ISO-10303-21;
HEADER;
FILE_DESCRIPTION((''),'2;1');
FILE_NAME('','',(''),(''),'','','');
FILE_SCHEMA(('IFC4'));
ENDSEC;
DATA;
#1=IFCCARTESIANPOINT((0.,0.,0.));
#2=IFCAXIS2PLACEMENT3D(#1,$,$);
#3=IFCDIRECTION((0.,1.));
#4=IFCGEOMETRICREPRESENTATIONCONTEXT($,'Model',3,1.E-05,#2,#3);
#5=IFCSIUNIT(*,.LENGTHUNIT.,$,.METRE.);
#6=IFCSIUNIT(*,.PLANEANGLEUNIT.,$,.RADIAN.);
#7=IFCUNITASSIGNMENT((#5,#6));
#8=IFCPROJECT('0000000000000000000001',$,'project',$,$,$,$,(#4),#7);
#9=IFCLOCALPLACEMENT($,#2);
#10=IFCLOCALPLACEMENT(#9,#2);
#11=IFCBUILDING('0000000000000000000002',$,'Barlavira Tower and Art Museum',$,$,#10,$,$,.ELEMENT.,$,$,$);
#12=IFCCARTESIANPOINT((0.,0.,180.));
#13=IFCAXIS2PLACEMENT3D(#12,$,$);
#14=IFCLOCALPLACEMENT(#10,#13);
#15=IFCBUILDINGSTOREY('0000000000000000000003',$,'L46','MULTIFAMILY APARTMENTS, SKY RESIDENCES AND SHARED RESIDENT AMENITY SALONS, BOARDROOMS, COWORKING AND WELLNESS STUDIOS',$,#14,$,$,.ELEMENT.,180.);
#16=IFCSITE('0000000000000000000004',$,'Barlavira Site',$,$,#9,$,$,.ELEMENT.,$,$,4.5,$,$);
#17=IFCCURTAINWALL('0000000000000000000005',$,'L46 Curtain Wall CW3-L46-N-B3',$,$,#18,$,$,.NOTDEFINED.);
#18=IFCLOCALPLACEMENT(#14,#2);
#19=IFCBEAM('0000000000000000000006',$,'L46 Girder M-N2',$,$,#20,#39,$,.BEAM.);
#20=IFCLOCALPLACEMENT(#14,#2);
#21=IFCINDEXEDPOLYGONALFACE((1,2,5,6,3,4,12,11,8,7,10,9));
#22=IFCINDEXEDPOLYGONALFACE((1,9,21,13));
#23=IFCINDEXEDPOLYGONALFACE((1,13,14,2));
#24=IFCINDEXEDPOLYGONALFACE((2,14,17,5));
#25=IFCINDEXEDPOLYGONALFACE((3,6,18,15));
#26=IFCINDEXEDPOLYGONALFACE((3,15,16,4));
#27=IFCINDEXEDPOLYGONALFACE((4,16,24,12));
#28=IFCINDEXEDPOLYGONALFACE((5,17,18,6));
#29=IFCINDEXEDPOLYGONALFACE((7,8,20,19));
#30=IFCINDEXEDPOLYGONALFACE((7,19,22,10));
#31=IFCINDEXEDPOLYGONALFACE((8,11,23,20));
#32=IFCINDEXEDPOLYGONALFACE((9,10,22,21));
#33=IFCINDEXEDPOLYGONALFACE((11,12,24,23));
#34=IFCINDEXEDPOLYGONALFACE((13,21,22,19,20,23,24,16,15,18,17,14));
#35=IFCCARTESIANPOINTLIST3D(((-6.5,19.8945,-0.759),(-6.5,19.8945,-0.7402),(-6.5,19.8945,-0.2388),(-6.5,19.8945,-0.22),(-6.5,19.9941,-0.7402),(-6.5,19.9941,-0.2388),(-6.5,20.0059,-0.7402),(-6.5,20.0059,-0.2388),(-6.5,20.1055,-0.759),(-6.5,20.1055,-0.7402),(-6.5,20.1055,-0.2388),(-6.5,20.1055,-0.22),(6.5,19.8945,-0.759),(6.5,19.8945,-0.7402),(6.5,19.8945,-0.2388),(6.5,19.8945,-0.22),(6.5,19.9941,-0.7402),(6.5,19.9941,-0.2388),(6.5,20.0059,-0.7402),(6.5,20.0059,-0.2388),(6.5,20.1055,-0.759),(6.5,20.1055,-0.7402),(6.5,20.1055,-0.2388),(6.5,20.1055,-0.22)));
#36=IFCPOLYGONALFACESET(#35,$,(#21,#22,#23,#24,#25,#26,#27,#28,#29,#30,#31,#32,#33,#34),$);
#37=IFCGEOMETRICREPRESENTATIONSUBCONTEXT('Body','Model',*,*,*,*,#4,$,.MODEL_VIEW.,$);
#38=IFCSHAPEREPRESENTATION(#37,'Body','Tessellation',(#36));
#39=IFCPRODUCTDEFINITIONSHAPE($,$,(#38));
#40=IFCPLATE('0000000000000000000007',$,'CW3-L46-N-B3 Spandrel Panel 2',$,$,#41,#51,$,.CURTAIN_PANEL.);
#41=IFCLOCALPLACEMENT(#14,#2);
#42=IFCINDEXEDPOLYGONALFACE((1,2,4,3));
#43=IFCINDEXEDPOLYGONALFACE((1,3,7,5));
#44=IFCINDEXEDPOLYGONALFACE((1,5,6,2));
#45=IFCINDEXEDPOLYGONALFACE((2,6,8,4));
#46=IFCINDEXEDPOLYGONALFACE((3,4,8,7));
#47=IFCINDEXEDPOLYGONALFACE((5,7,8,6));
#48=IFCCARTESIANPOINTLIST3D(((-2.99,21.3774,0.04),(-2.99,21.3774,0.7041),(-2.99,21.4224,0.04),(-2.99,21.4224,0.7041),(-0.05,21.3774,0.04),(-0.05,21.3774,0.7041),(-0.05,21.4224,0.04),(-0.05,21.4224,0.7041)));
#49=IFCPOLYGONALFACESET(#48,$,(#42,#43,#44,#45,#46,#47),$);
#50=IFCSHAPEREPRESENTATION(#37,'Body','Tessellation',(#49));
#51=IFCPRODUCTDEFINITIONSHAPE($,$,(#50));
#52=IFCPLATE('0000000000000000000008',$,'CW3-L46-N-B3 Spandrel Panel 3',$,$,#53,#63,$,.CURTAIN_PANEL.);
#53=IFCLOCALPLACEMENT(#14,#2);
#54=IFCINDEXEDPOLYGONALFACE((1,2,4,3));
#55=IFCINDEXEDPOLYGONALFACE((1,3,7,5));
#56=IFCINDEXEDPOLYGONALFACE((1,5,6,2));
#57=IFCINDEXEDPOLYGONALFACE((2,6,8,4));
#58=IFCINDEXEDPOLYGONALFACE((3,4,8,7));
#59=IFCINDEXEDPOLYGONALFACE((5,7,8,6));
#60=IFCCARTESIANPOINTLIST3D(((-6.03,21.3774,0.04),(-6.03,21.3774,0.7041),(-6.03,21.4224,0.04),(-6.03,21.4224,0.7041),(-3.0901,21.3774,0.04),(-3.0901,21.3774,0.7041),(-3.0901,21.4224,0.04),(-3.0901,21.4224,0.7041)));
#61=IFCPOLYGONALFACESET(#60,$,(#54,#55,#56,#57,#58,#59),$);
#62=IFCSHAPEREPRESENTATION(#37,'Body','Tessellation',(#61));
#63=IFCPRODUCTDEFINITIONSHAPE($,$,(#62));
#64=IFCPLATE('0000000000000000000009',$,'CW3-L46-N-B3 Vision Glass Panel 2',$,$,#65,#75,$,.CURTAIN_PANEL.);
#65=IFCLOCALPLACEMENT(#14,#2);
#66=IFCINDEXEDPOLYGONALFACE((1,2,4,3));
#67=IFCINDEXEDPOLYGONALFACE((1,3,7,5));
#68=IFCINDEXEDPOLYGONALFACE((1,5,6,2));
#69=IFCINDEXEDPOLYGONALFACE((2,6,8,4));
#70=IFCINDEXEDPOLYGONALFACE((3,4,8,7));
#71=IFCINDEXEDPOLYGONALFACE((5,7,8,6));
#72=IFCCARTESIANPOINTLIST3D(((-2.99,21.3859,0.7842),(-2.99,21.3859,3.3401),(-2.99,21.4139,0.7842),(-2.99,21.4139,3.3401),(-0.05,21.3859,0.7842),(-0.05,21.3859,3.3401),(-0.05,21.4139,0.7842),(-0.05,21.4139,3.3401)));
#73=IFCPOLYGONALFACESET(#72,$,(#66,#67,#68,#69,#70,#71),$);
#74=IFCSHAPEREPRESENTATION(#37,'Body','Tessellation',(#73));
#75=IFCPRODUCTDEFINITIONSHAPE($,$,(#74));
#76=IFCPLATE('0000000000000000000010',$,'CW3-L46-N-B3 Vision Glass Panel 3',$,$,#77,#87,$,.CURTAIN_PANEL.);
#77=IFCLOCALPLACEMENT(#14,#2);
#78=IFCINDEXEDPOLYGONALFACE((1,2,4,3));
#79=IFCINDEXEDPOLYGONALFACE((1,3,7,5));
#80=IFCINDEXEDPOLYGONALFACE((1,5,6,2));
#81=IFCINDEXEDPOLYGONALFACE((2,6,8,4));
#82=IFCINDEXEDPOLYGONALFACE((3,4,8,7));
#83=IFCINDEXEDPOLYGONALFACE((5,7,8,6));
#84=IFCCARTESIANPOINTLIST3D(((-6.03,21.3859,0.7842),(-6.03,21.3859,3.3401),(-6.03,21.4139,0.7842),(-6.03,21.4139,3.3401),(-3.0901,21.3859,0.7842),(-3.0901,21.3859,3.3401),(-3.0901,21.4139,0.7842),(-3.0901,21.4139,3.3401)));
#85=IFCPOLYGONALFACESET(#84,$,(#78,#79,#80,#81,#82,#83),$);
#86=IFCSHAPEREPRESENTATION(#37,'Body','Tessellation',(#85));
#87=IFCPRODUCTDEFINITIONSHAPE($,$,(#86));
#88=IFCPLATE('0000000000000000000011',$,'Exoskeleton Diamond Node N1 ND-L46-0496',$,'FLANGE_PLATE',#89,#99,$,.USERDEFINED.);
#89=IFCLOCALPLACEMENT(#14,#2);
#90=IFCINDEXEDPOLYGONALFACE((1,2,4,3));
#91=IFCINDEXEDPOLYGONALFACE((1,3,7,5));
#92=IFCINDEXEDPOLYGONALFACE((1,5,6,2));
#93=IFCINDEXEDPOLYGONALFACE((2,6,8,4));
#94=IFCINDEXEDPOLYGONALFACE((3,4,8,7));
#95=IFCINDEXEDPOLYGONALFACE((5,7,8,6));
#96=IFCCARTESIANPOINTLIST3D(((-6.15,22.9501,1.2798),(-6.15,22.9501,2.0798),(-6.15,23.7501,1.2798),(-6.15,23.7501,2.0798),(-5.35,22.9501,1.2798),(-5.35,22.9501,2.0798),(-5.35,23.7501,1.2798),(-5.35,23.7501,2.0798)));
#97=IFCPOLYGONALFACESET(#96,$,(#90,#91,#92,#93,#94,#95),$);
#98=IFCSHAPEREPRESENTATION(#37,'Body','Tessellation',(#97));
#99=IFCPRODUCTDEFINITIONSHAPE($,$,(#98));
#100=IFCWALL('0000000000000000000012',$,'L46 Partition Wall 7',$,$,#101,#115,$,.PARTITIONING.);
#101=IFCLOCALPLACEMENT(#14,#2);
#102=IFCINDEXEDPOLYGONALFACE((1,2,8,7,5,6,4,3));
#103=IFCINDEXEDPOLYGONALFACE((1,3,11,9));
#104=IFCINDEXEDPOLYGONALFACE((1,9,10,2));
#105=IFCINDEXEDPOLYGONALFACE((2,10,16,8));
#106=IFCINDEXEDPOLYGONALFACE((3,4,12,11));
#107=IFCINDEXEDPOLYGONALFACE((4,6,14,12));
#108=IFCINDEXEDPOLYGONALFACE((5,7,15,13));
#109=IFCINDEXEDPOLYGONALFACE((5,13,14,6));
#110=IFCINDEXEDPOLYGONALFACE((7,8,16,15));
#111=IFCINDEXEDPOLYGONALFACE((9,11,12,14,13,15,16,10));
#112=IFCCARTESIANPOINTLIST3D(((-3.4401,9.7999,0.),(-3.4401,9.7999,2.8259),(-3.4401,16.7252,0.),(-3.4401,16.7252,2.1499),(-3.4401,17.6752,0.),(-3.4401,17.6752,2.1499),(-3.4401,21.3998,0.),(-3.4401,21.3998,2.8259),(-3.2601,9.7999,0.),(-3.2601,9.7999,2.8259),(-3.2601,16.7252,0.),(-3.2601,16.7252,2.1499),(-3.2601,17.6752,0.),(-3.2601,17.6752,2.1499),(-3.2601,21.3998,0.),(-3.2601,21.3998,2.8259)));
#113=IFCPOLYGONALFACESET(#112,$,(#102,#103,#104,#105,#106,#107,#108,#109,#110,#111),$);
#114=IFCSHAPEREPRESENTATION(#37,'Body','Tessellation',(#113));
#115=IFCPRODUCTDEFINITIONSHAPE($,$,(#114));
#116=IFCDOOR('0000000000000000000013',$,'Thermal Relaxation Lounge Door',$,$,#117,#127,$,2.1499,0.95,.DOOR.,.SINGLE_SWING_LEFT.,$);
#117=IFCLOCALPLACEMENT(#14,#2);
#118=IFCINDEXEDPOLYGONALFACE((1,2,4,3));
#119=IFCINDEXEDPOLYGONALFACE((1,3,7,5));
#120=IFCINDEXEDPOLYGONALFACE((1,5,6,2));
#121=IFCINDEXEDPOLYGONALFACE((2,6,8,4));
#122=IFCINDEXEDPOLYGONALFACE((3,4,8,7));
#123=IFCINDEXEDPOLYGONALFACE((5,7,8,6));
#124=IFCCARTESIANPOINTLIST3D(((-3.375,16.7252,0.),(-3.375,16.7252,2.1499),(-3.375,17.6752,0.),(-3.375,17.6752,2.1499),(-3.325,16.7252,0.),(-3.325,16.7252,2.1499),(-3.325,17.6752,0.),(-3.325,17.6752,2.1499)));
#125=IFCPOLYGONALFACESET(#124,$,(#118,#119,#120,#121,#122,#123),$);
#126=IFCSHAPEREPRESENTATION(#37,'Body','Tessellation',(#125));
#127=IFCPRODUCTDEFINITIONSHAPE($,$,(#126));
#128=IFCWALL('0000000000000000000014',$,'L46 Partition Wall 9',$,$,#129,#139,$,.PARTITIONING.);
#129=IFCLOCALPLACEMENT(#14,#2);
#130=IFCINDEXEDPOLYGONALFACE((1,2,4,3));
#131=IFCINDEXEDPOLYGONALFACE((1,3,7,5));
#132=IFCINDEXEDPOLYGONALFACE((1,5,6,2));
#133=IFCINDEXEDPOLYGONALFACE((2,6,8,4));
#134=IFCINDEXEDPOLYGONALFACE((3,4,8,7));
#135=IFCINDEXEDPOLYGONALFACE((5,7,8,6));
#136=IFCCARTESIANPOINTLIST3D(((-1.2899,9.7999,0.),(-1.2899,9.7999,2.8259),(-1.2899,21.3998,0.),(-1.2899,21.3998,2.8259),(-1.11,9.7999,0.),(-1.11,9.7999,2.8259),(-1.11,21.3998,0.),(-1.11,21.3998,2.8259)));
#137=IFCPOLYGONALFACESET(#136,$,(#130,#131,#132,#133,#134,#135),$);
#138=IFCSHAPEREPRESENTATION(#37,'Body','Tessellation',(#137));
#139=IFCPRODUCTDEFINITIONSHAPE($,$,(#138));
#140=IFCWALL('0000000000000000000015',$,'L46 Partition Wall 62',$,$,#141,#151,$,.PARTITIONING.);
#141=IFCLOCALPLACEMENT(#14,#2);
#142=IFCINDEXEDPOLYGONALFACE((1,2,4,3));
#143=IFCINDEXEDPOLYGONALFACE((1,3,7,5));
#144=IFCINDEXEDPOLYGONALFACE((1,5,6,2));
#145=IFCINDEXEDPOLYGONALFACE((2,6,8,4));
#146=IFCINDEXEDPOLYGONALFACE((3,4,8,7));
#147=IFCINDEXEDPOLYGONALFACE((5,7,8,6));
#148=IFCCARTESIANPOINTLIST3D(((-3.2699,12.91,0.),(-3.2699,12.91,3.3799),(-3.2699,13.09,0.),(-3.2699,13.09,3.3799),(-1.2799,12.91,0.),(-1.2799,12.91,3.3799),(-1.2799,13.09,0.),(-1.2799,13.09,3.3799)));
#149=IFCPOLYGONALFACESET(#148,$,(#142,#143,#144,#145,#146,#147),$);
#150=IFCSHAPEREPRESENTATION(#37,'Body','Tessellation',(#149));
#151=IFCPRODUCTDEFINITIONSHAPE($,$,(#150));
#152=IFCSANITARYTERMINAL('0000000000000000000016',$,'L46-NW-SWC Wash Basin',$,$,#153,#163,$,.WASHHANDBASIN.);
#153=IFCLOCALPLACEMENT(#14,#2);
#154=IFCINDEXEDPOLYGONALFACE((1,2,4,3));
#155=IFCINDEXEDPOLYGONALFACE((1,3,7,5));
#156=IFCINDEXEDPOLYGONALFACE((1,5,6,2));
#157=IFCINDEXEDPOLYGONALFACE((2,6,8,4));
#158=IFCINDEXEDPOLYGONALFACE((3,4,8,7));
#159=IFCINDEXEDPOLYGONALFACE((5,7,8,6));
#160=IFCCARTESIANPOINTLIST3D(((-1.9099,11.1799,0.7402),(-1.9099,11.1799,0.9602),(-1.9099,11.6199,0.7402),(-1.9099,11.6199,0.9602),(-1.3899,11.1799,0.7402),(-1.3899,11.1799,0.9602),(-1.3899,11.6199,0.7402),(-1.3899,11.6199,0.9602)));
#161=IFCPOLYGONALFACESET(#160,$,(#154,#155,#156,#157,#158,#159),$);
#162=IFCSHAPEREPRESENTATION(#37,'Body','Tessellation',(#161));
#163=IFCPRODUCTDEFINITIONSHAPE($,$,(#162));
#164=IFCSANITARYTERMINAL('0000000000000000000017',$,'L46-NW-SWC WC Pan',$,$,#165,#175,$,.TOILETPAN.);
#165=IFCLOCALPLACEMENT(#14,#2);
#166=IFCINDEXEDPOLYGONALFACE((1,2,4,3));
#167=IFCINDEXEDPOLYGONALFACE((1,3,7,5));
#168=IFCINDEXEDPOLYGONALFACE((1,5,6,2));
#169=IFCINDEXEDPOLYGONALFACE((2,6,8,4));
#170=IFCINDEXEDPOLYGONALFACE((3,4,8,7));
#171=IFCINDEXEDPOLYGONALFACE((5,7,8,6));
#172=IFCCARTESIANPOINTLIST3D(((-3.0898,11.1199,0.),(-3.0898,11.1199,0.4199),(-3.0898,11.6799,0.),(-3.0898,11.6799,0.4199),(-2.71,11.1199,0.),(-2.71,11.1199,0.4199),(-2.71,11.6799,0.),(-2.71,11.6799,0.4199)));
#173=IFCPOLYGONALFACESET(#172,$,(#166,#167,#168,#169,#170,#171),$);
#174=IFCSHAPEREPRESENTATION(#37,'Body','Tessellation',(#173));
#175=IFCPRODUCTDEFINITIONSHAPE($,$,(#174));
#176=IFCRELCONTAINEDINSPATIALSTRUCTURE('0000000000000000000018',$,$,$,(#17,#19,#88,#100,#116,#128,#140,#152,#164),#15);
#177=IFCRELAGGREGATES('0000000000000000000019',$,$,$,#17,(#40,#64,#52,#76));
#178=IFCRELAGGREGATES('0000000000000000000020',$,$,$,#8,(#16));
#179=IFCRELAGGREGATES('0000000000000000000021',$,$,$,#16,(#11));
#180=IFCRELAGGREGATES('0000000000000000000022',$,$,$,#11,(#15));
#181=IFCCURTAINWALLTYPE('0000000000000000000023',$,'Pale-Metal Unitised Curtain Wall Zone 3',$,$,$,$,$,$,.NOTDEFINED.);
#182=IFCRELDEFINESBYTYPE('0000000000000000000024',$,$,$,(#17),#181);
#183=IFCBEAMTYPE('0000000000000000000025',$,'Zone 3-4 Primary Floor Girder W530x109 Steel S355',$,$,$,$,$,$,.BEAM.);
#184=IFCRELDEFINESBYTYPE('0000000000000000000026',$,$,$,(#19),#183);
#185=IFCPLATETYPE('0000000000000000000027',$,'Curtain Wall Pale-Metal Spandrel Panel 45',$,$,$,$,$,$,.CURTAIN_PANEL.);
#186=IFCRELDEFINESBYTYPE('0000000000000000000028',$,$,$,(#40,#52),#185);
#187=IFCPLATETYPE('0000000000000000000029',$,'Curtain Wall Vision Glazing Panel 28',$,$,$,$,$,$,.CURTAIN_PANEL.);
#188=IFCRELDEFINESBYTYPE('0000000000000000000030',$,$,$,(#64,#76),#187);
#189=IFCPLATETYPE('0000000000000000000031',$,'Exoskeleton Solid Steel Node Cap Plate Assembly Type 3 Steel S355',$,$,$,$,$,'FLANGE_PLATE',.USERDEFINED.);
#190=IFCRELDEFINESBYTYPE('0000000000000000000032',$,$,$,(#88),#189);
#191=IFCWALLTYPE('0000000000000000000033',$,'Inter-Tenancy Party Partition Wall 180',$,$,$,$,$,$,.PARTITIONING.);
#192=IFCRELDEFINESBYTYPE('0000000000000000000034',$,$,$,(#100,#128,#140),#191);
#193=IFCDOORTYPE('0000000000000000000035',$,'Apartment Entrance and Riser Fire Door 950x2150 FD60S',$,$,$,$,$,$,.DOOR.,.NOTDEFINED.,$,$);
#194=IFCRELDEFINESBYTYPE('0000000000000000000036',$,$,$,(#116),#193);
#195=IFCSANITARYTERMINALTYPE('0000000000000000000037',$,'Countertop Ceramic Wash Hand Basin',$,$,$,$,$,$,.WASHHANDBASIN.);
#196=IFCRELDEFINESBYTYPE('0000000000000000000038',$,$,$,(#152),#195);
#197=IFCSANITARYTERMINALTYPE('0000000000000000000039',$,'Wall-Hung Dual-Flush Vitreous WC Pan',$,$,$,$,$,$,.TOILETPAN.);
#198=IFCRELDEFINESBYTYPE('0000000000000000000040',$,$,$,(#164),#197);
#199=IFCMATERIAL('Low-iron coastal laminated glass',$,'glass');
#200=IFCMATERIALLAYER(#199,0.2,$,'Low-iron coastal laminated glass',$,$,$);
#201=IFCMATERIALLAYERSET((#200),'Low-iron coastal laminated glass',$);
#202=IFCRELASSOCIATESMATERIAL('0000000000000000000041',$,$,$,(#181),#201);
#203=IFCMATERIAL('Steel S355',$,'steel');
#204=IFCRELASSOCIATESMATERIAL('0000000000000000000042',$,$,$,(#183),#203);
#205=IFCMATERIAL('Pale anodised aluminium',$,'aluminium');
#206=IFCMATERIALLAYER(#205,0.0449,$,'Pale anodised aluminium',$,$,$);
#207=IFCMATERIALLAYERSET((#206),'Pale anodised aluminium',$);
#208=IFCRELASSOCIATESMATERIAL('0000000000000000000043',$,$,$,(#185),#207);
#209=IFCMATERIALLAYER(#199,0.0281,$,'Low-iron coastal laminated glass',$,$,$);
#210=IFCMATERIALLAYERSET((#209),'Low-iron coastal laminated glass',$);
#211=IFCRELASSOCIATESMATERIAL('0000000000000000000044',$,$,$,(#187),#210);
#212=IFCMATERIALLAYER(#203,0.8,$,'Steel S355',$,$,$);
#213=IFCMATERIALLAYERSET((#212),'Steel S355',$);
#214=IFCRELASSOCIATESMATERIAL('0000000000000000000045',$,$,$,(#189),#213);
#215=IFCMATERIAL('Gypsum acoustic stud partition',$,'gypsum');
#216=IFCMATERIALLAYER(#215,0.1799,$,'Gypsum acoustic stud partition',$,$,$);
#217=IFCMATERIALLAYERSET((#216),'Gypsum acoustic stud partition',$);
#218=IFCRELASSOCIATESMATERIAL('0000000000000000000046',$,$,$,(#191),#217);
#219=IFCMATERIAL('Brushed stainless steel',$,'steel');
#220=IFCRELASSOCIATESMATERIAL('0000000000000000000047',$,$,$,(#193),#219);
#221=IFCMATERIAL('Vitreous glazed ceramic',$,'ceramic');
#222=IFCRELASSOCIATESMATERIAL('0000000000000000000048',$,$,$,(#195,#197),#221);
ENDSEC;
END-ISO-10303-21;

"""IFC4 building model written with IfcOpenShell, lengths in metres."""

from ifc_helpers import new_model, si_unit, direction, frame, frame_2d, origin, origin_2d, place, context, subcontext, project, spatial, rectangle, i_section, extrude, material, layer, layer_set, material_profile, profile_set, type_object, element, fill, aggregate, save


model = new_model("IFC4")

# Units and contexts
model_context = context("Model", 3, precision=1e-05, world=origin(), true_north=direction((0.0, 1.0)))
body_context = subcontext(model_context, "Body", "Model", "MODEL_VIEW")
ifc_project = project(units=[si_unit("LENGTHUNIT", "METRE"), si_unit("PLANEANGLEUNIT", "RADIAN")], contexts=[model_context])

# Site, building, storey
site_placement = place(None, origin())
site = spatial("IfcSite", under=ifc_project, at=site_placement, Name="Barlavira Site", CompositionType="ELEMENT", RefElevation=4.5)
building_placement = place(site_placement, origin())
building = spatial("IfcBuilding", under=site, at=building_placement, Name="Barlavira Tower and Art Museum", CompositionType="ELEMENT")
storey_placement = place(building_placement, frame((0.0, 0.0, 180.0)))
storey = spatial("IfcBuildingStorey", under=building, at=storey_placement, Name="L46", Description="MULTIFAMILY APARTMENTS, SKY RESIDENCES AND SHARED RESIDENT AMENITY SALONS, BOARDROOMS, COWORKING AND WELLNESS STUDIOS", CompositionType="ELEMENT", Elevation=180.0)

# Curtain wall
ifc_material_1 = material(Name="Low-iron coastal laminated glass", Category="glass")
ifc_layer_1 = layer(ifc_material_1, 0.2, Name="Low-iron coastal laminated glass")
ifc_layer_set_1 = layer_set([ifc_layer_1], Name="Low-iron coastal laminated glass")
curtain_wall_type = type_object("IfcCurtainWallType", Name="Pale-Metal Unitised Curtain Wall Zone 3", PredefinedType="NOTDEFINED", material=ifc_layer_set_1)
curtain_wall_placement = place(storey_placement, origin())
curtain_wall = element("IfcCurtainWall", 1, at=curtain_wall_placement, inside=storey, type_object=curtain_wall_type, Name="L46 Curtain Wall CW3-L46-N-B3", PredefinedType="NOTDEFINED")
ifc_material_2 = material(Name="Pale anodised aluminium", Category="aluminium")

# Beam
ifc_material_3 = material(Name="Steel S355", Category="steel")
ifc_material_profile_1 = material_profile(ifc_material_3, i_section(OverallWidth=0.2109, OverallDepth=0.5391, WebThickness=0.0117, FlangeThickness=0.0188, at=origin_2d()), Name="W530x109.0")
ifc_profile_set_1 = profile_set([ifc_material_profile_1], Name="Steel S355")
beam_type_1 = type_object("IfcBeamType", Name="Zone 3-4 Primary Floor Girder W530x109 Steel S355", PredefinedType="BEAM", material=ifc_profile_set_1)
beam_1_placement = place(storey_placement, frame((-6.5, 20.0, -0.4895), z_axis=(1.0, 0.0, 0.0), x_axis=(0.0, 1.0, 0.0)))
element("IfcBeam", 2, at=beam_1_placement, inside=storey, type_object=beam_type_1, Name="L46 Girder M-N2", PredefinedType="BEAM", context=body_context, shape_type="SweptSolid", body=[
    extrude(i_section(OverallWidth=0.2109, OverallDepth=0.5391, WebThickness=0.0117, FlangeThickness=0.0188, at=origin_2d()), origin(), (0.0, 0.0, 1.0), 13.0),
])

# Plates
ifc_layer_2 = layer(ifc_material_2, 0.0449, Name="Pale anodised aluminium")
ifc_layer_set_2 = layer_set([ifc_layer_2], Name="Pale anodised aluminium")
plate_type_1 = type_object("IfcPlateType", Name="Curtain Wall Pale-Metal Spandrel Panel 45", PredefinedType="CURTAIN_PANEL", material=ifc_layer_set_2)
plate_1_placement = place(storey_placement, frame((-1.52, 21.3999, 0.04), z_axis=(0.0, 0.0, 1.0), x_axis=(-1.0, 0.0, 0.0)))
plate_1 = element("IfcPlate", 3, at=plate_1_placement, type_object=plate_type_1, Name="CW3-L46-N-B3 Spandrel Panel 2", PredefinedType="CURTAIN_PANEL", context=body_context, shape_type="SweptSolid", body=[
    extrude(rectangle(XDim=2.9399, YDim=0.0449, at=origin_2d()), origin(), (0.0, 0.0, 1.0), 0.6641),
])
plate_2_placement = place(storey_placement, frame((-4.5601, 21.3999, 0.04), z_axis=(0.0, 0.0, 1.0), x_axis=(-1.0, 0.0, 0.0)))
plate_2 = element("IfcPlate", 4, at=plate_2_placement, type_object=plate_type_1, Name="CW3-L46-N-B3 Spandrel Panel 3", PredefinedType="CURTAIN_PANEL", context=body_context, shape_type="SweptSolid", body=[
    extrude(rectangle(XDim=2.9399, YDim=0.0449, at=origin_2d()), origin(), (0.0, 0.0, 1.0), 0.6641),
])
ifc_layer_3 = layer(ifc_material_1, 0.0281, Name="Low-iron coastal laminated glass")
ifc_layer_set_3 = layer_set([ifc_layer_3], Name="Low-iron coastal laminated glass")
plate_type_2 = type_object("IfcPlateType", Name="Curtain Wall Vision Glazing Panel 28", PredefinedType="CURTAIN_PANEL", material=ifc_layer_set_3)
plate_3_placement = place(storey_placement, frame((-1.52, 21.3999, 0.7842), z_axis=(0.0, 0.0, 1.0), x_axis=(-1.0, 0.0, 0.0)))
plate_3 = element("IfcPlate", 5, at=plate_3_placement, type_object=plate_type_2, Name="CW3-L46-N-B3 Vision Glass Panel 2", PredefinedType="CURTAIN_PANEL", context=body_context, shape_type="SweptSolid", body=[
    extrude(rectangle(XDim=2.9399, YDim=0.0281, at=origin_2d()), origin(), (0.0, 0.0, 1.0), 2.5559),
])
plate_4_placement = place(storey_placement, frame((-4.5601, 21.3999, 0.7842), z_axis=(0.0, 0.0, 1.0), x_axis=(-1.0, 0.0, 0.0)))
plate_4 = element("IfcPlate", 6, at=plate_4_placement, type_object=plate_type_2, Name="CW3-L46-N-B3 Vision Glass Panel 3", PredefinedType="CURTAIN_PANEL", context=body_context, shape_type="SweptSolid", body=[
    extrude(rectangle(XDim=2.9399, YDim=0.0281, at=origin_2d()), origin(), (0.0, 0.0, 1.0), 2.5559),
])
aggregate(curtain_wall, [plate_1, plate_3, plate_2, plate_4])
ifc_layer_4 = layer(ifc_material_3, 0.8, Name="Steel S355")
ifc_layer_set_4 = layer_set([ifc_layer_4], Name="Steel S355")
plate_type_3 = type_object("IfcPlateType", Name="Exoskeleton Solid Steel Node Cap Plate Assembly Type 3 Steel S355", ElementType="FLANGE_PLATE", PredefinedType="USERDEFINED", material=ifc_layer_set_4)
plate_5_placement = place(storey_placement, frame((-5.75, 23.3501, 1.2798), z_axis=(0.0, 0.0, 1.0), x_axis=(1.0, 0.0, 0.0)))
element("IfcPlate", 7, at=plate_5_placement, inside=storey, type_object=plate_type_3, Name="Exoskeleton Diamond Node N1 ND-L46-0496", ObjectType="FLANGE_PLATE", PredefinedType="USERDEFINED", context=body_context, shape_type="SweptSolid", body=[
    extrude(rectangle(XDim=0.8, YDim=0.8, at=origin_2d()), origin(), (0.0, 0.0, 1.0), 0.8),
])

# Wall, opening, door
ifc_material_4 = material(Name="Gypsum acoustic stud partition", Category="gypsum")
ifc_layer_5 = layer(ifc_material_4, 0.1799, Name="Gypsum acoustic stud partition")
ifc_layer_set_5 = layer_set([ifc_layer_5], Name="Gypsum acoustic stud partition")
wall_type = type_object("IfcWallType", Name="Inter-Tenancy Party Partition Wall 180", PredefinedType="PARTITIONING", material=ifc_layer_set_5)
wall_1_placement = place(storey_placement, frame((-3.3501, 9.8, 0.0), z_axis=(0.0, 0.0, 1.0), x_axis=(0.0, 1.0, 0.0)))
wall_1 = element("IfcWall", 8, at=wall_1_placement, inside=storey, type_object=wall_type, Name="L46 Partition Wall 7", PredefinedType="PARTITIONING", context=body_context, shape_type="SweptSolid", body=[
    extrude(rectangle(XDim=11.5999, YDim=0.1799, at=frame_2d((5.7998, 0.0))), origin(), (0.0, 0.0, 1.0), 2.8259),
])
opening_1_placement = place(wall_1_placement, frame((6.925, 0.0, 0.0)))
opening_1 = element("IfcOpeningElement", 9, at=opening_1_placement, cuts=wall_1, PredefinedType="OPENING", context=body_context, shape_type="SweptSolid", body=[
    extrude(rectangle(XDim=0.95, YDim=2.1499, at=frame_2d((0.4751, 1.075))), frame((0.0, 0.1001, 0.0), z_axis=(0.0, -1.0, 0.0), x_axis=(1.0, 0.0, 0.0)), (0.0, 0.0, 1.0), 0.2),
])
ifc_material_5 = material(Name="Brushed stainless steel", Category="steel")
door_type = type_object("IfcDoorType", Name="Apartment Entrance and Riser Fire Door 950x2150 FD60S", OperationType="NOTDEFINED", PredefinedType="DOOR", material=ifc_material_5)
door_1_placement = place(opening_1_placement, origin())
door_1 = element("IfcDoor", 10, at=door_1_placement, inside=storey, type_object=door_type, Name="Thermal Relaxation Lounge Door", OperationType="SINGLE_SWING_LEFT", OverallHeight=2.1499, OverallWidth=0.95, PredefinedType="DOOR", context=body_context, shape_type="SweptSolid", body=[
    extrude(rectangle(XDim=0.95, YDim=2.1499, at=frame_2d((0.4751, 1.075))), frame((0.0, 0.0249, 0.0), z_axis=(0.0, -1.0, 0.0), x_axis=(1.0, 0.0, 0.0)), (0.0, 0.0, 1.0), 0.05),
])
fill(opening_1, door_1)

# Wall
wall_2_placement = place(storey_placement, frame((-1.2, 9.8, 0.0), z_axis=(0.0, 0.0, 1.0), x_axis=(0.0, 1.0, 0.0)))
element("IfcWall", 11, at=wall_2_placement, inside=storey, type_object=wall_type, Name="L46 Partition Wall 9", PredefinedType="PARTITIONING", context=body_context, shape_type="SweptSolid", body=[
    extrude(rectangle(XDim=11.5999, YDim=0.1799, at=frame_2d((5.7998, 0.0))), origin(), (0.0, 0.0, 1.0), 2.8259),
])

# Wall
wall_3_placement = place(storey_placement, frame((-3.27, 13.0, 0.0), z_axis=(0.0, 0.0, 1.0), x_axis=(1.0, 0.0, 0.0)))
element("IfcWall", 12, at=wall_3_placement, inside=storey, type_object=wall_type, Name="L46 Partition Wall 62", PredefinedType="PARTITIONING", context=body_context, shape_type="SweptSolid", body=[
    extrude(rectangle(XDim=1.99, YDim=0.1799, at=frame_2d((0.9951, 0.0))), origin(), (0.0, 0.0, 1.0), 3.3799),
])

# Sanitary terminals
ifc_material_6 = material(Name="Vitreous glazed ceramic", Category="ceramic")
sanitary_terminal_type_1 = type_object("IfcSanitaryTerminalType", Name="Countertop Ceramic Wash Hand Basin", PredefinedType="WASHHANDBASIN", material=ifc_material_6)
sanitary_terminal_1_placement = place(storey_placement, frame((-1.6499, 11.3999, 0.7402), z_axis=(0.0, 0.0, 1.0), x_axis=(1.0, 0.0, 0.0)))
element("IfcSanitaryTerminal", 13, at=sanitary_terminal_1_placement, inside=storey, type_object=sanitary_terminal_type_1, Name="L46-NW-SWC Wash Basin", PredefinedType="WASHHANDBASIN", context=body_context, shape_type="SweptSolid", body=[
    extrude(rectangle(XDim=0.52, YDim=0.4399, at=origin_2d()), origin(), (0.0, 0.0, 1.0), 0.22),
])
sanitary_terminal_type_2 = type_object("IfcSanitaryTerminalType", Name="Wall-Hung Dual-Flush Vitreous WC Pan", PredefinedType="TOILETPAN", material=ifc_material_6)
sanitary_terminal_2_placement = place(storey_placement, frame((-2.8999, 11.3999, 0.0), z_axis=(0.0, 0.0, 1.0), x_axis=(1.0, 0.0, 0.0)))
element("IfcSanitaryTerminal", 14, at=sanitary_terminal_2_placement, inside=storey, type_object=sanitary_terminal_type_2, Name="L46-NW-SWC WC Pan", PredefinedType="TOILETPAN", context=body_context, shape_type="SweptSolid", body=[
    extrude(rectangle(XDim=0.3799, YDim=0.5601, at=origin_2d()), origin(), (0.0, 0.0, 1.0), 0.4199),
])

save(model, "model.ifc")
